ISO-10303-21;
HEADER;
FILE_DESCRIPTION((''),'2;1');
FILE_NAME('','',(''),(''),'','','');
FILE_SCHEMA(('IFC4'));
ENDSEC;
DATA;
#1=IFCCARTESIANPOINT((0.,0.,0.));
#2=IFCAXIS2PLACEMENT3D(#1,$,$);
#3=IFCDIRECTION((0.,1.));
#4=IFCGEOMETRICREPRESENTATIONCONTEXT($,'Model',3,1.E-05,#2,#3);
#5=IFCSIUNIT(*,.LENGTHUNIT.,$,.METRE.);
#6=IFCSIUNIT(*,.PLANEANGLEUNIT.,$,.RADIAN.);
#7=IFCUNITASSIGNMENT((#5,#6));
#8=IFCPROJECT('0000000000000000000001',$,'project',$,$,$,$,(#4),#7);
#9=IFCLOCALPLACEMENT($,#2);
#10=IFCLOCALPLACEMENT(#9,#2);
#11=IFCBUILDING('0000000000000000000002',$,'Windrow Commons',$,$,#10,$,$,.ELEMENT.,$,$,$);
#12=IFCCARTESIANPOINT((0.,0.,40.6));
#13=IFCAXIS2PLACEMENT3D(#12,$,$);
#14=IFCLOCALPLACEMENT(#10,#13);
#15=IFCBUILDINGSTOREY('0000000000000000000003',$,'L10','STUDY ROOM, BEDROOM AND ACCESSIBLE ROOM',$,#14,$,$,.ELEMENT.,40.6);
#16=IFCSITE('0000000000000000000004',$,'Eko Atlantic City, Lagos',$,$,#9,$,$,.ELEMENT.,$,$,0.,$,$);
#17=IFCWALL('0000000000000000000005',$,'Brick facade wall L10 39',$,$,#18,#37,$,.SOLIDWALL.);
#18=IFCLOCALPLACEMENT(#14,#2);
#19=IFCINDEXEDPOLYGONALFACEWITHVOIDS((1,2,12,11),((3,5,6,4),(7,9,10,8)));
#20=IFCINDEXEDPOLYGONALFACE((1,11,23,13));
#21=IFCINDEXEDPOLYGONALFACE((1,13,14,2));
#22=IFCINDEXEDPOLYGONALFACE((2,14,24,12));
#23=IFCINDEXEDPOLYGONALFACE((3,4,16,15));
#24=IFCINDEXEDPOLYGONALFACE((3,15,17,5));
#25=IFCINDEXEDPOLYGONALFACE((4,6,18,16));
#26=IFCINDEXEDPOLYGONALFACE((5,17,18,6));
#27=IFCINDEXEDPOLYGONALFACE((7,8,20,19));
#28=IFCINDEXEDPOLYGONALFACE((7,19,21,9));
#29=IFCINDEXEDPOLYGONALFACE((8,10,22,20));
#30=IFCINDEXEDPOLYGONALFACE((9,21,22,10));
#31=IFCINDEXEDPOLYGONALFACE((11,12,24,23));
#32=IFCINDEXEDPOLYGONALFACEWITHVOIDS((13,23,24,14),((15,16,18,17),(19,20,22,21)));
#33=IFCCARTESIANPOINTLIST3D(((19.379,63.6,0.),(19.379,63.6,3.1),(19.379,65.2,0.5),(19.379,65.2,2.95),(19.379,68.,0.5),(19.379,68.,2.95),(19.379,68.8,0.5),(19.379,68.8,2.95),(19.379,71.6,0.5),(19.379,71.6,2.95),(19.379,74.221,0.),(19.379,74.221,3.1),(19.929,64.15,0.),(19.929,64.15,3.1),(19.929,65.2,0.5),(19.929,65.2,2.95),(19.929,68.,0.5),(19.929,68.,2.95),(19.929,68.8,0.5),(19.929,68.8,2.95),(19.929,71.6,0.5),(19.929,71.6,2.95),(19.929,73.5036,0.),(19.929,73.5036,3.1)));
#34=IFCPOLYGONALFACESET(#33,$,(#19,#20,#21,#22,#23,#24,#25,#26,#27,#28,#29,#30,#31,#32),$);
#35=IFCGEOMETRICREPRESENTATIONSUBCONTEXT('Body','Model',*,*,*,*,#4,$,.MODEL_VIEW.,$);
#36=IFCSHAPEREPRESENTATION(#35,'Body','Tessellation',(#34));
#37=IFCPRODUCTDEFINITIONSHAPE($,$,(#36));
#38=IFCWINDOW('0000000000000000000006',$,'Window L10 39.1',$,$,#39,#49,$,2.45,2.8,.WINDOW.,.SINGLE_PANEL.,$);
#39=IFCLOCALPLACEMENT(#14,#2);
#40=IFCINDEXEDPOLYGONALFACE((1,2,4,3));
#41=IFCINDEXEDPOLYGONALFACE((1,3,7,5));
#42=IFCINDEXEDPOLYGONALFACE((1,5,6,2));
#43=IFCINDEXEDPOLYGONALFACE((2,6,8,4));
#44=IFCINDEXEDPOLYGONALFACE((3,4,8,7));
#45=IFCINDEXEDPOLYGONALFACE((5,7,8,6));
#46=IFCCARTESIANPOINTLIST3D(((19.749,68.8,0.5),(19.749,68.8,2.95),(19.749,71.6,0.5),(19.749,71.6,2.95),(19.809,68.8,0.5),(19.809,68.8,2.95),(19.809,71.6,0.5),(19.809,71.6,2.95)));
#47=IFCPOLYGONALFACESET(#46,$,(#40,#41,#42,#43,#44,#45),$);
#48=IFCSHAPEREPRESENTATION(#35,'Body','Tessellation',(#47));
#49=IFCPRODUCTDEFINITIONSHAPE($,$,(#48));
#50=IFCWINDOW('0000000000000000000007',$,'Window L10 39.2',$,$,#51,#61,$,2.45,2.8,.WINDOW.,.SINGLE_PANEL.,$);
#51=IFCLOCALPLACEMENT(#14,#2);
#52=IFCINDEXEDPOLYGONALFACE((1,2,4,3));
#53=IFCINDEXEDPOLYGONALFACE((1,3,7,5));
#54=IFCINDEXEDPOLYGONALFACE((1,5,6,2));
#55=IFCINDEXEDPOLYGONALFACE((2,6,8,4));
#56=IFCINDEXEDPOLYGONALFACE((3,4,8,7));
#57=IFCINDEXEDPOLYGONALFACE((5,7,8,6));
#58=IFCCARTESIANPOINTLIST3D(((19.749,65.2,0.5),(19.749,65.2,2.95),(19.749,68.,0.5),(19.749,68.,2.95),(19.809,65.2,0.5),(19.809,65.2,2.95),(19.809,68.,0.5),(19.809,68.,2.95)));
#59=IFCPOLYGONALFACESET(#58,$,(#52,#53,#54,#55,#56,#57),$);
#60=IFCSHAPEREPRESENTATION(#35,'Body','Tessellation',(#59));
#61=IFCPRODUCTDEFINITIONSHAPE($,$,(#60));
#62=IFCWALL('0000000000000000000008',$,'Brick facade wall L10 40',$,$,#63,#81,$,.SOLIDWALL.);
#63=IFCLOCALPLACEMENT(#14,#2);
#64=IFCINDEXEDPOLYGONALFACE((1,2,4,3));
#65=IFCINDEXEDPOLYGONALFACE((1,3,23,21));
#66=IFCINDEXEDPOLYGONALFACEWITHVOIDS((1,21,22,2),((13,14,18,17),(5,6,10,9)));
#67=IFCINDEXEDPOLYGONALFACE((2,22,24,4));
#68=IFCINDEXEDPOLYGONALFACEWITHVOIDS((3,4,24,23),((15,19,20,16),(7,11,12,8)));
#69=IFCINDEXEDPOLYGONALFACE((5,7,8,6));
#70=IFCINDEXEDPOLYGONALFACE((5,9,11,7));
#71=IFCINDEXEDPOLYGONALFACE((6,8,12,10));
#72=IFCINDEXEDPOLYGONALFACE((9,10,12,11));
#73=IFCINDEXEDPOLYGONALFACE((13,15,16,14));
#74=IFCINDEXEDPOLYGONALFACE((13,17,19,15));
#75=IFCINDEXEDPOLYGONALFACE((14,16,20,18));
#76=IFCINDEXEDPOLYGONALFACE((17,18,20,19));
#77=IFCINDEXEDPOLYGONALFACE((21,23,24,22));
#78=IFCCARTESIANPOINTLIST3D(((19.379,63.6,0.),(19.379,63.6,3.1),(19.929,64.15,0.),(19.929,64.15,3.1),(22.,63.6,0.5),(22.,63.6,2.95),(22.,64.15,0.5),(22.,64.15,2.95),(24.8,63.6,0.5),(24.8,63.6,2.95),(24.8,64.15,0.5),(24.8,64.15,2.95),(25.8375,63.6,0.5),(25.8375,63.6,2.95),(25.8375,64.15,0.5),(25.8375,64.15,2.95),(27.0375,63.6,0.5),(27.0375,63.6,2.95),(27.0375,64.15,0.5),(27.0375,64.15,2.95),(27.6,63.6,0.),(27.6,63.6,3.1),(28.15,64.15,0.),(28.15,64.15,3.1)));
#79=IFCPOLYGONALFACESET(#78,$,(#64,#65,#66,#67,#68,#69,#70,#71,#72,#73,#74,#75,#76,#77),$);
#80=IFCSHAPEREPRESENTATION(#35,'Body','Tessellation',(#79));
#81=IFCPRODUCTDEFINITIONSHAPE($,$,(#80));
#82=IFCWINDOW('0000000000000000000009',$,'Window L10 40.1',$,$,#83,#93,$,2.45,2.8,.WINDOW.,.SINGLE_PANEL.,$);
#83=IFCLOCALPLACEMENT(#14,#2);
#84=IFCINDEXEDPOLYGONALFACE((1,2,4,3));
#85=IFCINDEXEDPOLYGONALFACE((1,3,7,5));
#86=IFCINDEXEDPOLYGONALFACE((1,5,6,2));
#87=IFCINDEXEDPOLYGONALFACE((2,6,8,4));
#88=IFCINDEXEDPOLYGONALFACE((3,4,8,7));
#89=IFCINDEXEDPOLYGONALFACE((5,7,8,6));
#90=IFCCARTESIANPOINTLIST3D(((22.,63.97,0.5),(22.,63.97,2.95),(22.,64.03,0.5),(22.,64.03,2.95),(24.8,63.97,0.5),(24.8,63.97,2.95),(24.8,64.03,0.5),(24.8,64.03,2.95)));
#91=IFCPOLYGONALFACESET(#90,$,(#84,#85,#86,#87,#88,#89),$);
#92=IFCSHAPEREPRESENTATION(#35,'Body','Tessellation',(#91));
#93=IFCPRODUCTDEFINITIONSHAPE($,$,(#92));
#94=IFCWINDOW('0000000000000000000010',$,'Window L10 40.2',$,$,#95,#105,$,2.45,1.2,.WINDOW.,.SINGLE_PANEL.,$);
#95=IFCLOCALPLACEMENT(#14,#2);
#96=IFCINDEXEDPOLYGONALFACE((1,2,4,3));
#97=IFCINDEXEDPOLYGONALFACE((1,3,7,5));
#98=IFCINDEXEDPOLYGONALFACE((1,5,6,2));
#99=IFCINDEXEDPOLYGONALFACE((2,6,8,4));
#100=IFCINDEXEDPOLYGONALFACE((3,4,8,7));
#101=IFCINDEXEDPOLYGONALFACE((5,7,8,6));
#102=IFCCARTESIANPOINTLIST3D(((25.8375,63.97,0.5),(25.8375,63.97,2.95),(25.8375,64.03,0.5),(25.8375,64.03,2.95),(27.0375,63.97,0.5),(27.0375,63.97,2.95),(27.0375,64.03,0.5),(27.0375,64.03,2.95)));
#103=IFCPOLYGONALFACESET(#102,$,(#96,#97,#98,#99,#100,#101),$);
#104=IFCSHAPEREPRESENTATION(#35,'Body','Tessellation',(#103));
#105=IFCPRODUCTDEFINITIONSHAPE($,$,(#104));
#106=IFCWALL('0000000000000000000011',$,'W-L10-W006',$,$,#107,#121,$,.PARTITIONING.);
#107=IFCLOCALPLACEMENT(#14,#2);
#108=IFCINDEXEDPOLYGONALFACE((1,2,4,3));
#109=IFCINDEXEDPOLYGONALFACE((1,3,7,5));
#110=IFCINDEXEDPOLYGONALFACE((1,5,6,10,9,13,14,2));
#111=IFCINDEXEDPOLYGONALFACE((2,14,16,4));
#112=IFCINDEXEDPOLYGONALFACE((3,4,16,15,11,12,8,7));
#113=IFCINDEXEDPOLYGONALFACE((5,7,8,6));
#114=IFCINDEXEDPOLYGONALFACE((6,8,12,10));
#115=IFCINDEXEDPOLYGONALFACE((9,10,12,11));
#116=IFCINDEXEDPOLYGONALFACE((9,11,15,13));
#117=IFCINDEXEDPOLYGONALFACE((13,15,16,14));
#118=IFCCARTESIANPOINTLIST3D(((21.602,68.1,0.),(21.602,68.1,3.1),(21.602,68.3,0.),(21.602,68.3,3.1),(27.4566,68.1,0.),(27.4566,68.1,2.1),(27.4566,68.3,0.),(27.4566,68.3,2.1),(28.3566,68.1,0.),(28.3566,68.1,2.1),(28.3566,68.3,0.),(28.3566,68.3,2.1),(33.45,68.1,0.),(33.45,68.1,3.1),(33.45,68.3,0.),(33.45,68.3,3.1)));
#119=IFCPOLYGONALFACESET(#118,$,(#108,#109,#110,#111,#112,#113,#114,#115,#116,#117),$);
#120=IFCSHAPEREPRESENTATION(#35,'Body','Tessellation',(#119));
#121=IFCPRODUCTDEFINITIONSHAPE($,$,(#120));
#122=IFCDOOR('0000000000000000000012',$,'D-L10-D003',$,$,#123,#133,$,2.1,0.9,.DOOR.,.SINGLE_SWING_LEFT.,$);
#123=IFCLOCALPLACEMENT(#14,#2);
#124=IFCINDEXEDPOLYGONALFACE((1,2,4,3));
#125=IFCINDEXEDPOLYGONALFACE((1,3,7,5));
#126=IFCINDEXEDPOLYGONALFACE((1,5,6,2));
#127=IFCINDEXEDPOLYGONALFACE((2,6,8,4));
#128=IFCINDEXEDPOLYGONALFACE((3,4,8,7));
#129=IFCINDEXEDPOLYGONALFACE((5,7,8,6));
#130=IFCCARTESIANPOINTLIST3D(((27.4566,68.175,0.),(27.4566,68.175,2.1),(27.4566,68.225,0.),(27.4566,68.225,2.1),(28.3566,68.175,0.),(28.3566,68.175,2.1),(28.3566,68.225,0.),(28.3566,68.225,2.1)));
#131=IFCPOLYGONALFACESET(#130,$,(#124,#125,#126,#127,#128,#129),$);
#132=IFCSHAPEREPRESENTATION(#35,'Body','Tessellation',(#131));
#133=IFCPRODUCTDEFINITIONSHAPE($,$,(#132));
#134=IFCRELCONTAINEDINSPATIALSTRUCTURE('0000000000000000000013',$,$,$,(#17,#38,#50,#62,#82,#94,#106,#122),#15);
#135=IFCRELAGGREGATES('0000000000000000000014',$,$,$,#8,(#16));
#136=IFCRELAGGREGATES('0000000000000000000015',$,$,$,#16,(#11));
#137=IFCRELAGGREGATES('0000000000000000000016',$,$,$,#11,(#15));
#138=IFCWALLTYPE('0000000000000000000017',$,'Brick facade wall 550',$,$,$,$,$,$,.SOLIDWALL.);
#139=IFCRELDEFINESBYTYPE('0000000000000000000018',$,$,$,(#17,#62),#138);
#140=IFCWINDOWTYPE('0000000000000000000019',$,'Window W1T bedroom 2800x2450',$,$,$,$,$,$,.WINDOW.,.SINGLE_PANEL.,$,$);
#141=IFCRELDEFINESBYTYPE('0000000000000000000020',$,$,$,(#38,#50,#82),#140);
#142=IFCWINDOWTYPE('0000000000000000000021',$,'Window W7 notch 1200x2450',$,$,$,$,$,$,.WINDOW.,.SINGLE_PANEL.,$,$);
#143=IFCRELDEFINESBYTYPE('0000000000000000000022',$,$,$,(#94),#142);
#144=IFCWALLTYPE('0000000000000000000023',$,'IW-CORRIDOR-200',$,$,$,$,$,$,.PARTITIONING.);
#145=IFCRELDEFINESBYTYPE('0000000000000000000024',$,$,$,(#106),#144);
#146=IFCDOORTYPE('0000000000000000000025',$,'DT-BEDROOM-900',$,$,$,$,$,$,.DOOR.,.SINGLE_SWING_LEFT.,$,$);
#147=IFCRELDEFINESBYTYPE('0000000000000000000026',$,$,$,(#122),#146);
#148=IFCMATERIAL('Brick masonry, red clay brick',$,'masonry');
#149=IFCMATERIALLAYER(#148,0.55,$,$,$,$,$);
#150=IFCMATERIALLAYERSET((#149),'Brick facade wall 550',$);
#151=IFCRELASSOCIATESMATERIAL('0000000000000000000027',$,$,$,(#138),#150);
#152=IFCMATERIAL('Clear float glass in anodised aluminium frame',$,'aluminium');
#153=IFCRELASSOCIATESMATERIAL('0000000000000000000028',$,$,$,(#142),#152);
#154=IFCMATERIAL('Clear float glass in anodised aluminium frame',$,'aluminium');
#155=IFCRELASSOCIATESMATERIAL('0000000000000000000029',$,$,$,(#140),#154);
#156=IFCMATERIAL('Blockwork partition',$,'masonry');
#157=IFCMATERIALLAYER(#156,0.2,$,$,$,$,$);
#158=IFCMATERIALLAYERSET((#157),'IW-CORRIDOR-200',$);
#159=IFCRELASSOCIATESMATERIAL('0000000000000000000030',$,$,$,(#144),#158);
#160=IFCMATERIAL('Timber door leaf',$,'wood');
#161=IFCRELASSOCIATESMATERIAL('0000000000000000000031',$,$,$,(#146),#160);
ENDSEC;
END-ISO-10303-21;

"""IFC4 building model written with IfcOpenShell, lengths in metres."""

from ifc_helpers import new_model, si_unit, direction, frame, frame_2d, origin, place, context, subcontext, project, spatial, polyline, rectangle, outline, extrude, material, layer, layer_set, type_object, element, fill, save


model = new_model("IFC4")

# Units and contexts
model_context = context("Model", 3, precision=1e-05, world=origin(), true_north=direction((0.0, 1.0)))
body_context = subcontext(model_context, "Body", "Model", "MODEL_VIEW")
ifc_project = project(units=[si_unit("LENGTHUNIT", "METRE"), si_unit("PLANEANGLEUNIT", "RADIAN")], contexts=[model_context])

# Site, building, storey
site_placement = place(None, origin())
site = spatial("IfcSite", under=ifc_project, at=site_placement, Name="Eko Atlantic City, Lagos", CompositionType="ELEMENT", RefElevation=0.0)
building_placement = place(site_placement, origin())
building = spatial("IfcBuilding", under=site, at=building_placement, Name="Windrow Commons", CompositionType="ELEMENT")
storey_placement = place(building_placement, frame((0.0, 0.0, 40.6)))
storey = spatial("IfcBuildingStorey", under=building, at=storey_placement, Name="L10", Description="STUDY ROOM, BEDROOM AND ACCESSIBLE ROOM", CompositionType="ELEMENT", Elevation=40.6)

# Walls, openings, windows
ifc_material_1 = material(Name="Brick masonry, red clay brick", Category="masonry")
ifc_layer_1 = layer(ifc_material_1, 0.55)
ifc_layer_set_1 = layer_set([ifc_layer_1], Name="Brick facade wall 550")
wall_type_1 = type_object("IfcWallType", Name="Brick facade wall 550", PredefinedType="SOLIDWALL", material=ifc_layer_set_1)
ifc_material_2 = material(Name="Clear float glass in anodised aluminium frame", Category="aluminium")
window_type_1 = type_object("IfcWindowType", Name="Window W7 notch 1200x2450", PartitioningType="SINGLE_PANEL", PredefinedType="WINDOW", material=ifc_material_2)
wall_1_placement = place(storey_placement, frame((19.654, 73.8623, 0.0), z_axis=(0.0, 0.0, 1.0), x_axis=(0.0, -1.0, 0.0)))
wall_1 = element("IfcWall", 1, at=wall_1_placement, inside=storey, type_object=wall_type_1, Name="Brick facade wall L10 39", PredefinedType="SOLIDWALL", context=body_context, shape_type="SweptSolid", body=[
    extrude(outline(polyline([(-0.3587, -0.275), (10.2623, -0.275), (9.7123, 0.275), (0.3587, 0.275), (-0.3587, -0.275)])), origin(), (0.0, 0.0, 1.0), 3.1),
])
opening_1_placement = place(wall_1_placement, frame((2.2623, 0.0, 0.5)))
opening_1 = element("IfcOpeningElement", 2, at=opening_1_placement, cuts=wall_1, PredefinedType="OPENING", context=body_context, shape_type="SweptSolid", body=[
    extrude(rectangle(XDim=2.8, YDim=2.45, at=frame_2d((1.4, 1.225))), frame((0.0, 0.285, 0.0), z_axis=(0.0, -1.0, 0.0), x_axis=(1.0, 0.0, 0.0)), (0.0, 0.0, 1.0), 0.57),
])
opening_2_placement = place(wall_1_placement, frame((5.8623, 0.0, 0.5)))
opening_2 = element("IfcOpeningElement", 3, at=opening_2_placement, cuts=wall_1, PredefinedType="OPENING", context=body_context, shape_type="SweptSolid", body=[
    extrude(rectangle(XDim=2.8, YDim=2.45, at=frame_2d((1.4, 1.225))), frame((0.0, 0.285, 0.0), z_axis=(0.0, -1.0, 0.0), x_axis=(1.0, 0.0, 0.0)), (0.0, 0.0, 1.0), 0.57),
])
ifc_material_3 = material(Name="Clear float glass in anodised aluminium frame", Category="aluminium")
window_type_2 = type_object("IfcWindowType", Name="Window W1T bedroom 2800x2450", PartitioningType="SINGLE_PANEL", PredefinedType="WINDOW", material=ifc_material_3)
window_1_placement = place(opening_1_placement, origin())
window_1 = element("IfcWindow", 4, at=window_1_placement, inside=storey, type_object=window_type_2, Name="Window L10 39.1", OverallHeight=2.45, OverallWidth=2.8, PartitioningType="SINGLE_PANEL", PredefinedType="WINDOW", context=body_context, shape_type="SweptSolid", body=[
    extrude(rectangle(XDim=2.8, YDim=2.45, at=frame_2d((1.4, 1.225))), frame((0.0, 0.155, 0.0), z_axis=(0.0, -1.0, 0.0), x_axis=(1.0, 0.0, 0.0)), (0.0, 0.0, 1.0), 0.06),
])
fill(opening_1, window_1)
window_2_placement = place(opening_2_placement, origin())
window_2 = element("IfcWindow", 5, at=window_2_placement, inside=storey, type_object=window_type_2, Name="Window L10 39.2", OverallHeight=2.45, OverallWidth=2.8, PartitioningType="SINGLE_PANEL", PredefinedType="WINDOW", context=body_context, shape_type="SweptSolid", body=[
    extrude(rectangle(XDim=2.8, YDim=2.45, at=frame_2d((1.4, 1.225))), frame((0.0, 0.155, 0.0), z_axis=(0.0, -1.0, 0.0), x_axis=(1.0, 0.0, 0.0)), (0.0, 0.0, 1.0), 0.06),
])
fill(opening_2, window_2)
wall_2_placement = place(storey_placement, frame((19.654, 63.875, 0.0), z_axis=(0.0, 0.0, 1.0), x_axis=(1.0, 0.0, 0.0)))
wall_2 = element("IfcWall", 6, at=wall_2_placement, inside=storey, type_object=wall_type_1, Name="Brick facade wall L10 40", PredefinedType="SOLIDWALL", context=body_context, shape_type="SweptSolid", body=[
    extrude(outline(polyline([(-0.275, -0.275), (7.946, -0.275), (8.496, 0.275), (0.275, 0.275), (-0.275, -0.275)])), origin(), (0.0, 0.0, 1.0), 3.1),
])
opening_3_placement = place(wall_2_placement, frame((2.346, 0.0, 0.5)))
opening_3 = element("IfcOpeningElement", 7, at=opening_3_placement, cuts=wall_2, PredefinedType="OPENING", context=body_context, shape_type="SweptSolid", body=[
    extrude(rectangle(XDim=2.8, YDim=2.45, at=frame_2d((1.4, 1.225))), frame((0.0, 0.285, 0.0), z_axis=(0.0, -1.0, 0.0), x_axis=(1.0, 0.0, 0.0)), (0.0, 0.0, 1.0), 0.57),
])
opening_4_placement = place(wall_2_placement, frame((6.1835, 0.0, 0.5)))
opening_4 = element("IfcOpeningElement", 8, at=opening_4_placement, cuts=wall_2, PredefinedType="OPENING", context=body_context, shape_type="SweptSolid", body=[
    extrude(rectangle(XDim=1.2, YDim=2.45, at=frame_2d((0.6, 1.225))), frame((0.0, 0.285, 0.0), z_axis=(0.0, -1.0, 0.0), x_axis=(1.0, 0.0, 0.0)), (0.0, 0.0, 1.0), 0.57),
])
window_3_placement = place(opening_3_placement, origin())
window_3 = element("IfcWindow", 9, at=window_3_placement, inside=storey, type_object=window_type_2, Name="Window L10 40.1", OverallHeight=2.45, OverallWidth=2.8, PartitioningType="SINGLE_PANEL", PredefinedType="WINDOW", context=body_context, shape_type="SweptSolid", body=[
    extrude(rectangle(XDim=2.8, YDim=2.45, at=frame_2d((1.4, 1.225))), frame((0.0, 0.155, 0.0), z_axis=(0.0, -1.0, 0.0), x_axis=(1.0, 0.0, 0.0)), (0.0, 0.0, 1.0), 0.06),
])
fill(opening_3, window_3)
window_4_placement = place(opening_4_placement, origin())
window_4 = element("IfcWindow", 10, at=window_4_placement, inside=storey, type_object=window_type_1, Name="Window L10 40.2", OverallHeight=2.45, OverallWidth=1.2, PartitioningType="SINGLE_PANEL", PredefinedType="WINDOW", context=body_context, shape_type="SweptSolid", body=[
    extrude(rectangle(XDim=1.2, YDim=2.45, at=frame_2d((0.6, 1.225))), frame((0.0, 0.155, 0.0), z_axis=(0.0, -1.0, 0.0), x_axis=(1.0, 0.0, 0.0)), (0.0, 0.0, 1.0), 0.06),
])
fill(opening_4, window_4)

# Wall, opening, door
ifc_material_4 = material(Name="Blockwork partition", Category="masonry")
ifc_layer_2 = layer(ifc_material_4, 0.2)
ifc_layer_set_2 = layer_set([ifc_layer_2], Name="IW-CORRIDOR-200")
wall_type_2 = type_object("IfcWallType", Name="IW-CORRIDOR-200", PredefinedType="PARTITIONING", material=ifc_layer_set_2)
wall_3_placement = place(storey_placement, frame((21.602, 68.2, 0.0), z_axis=(0.0, 0.0, 1.0), x_axis=(1.0, 0.0, 0.0)))
wall_3 = element("IfcWall", 11, at=wall_3_placement, inside=storey, type_object=wall_type_2, Name="W-L10-W006", PredefinedType="PARTITIONING", context=body_context, shape_type="SweptSolid", body=[
    extrude(rectangle(XDim=11.848, YDim=0.2, at=frame_2d((5.924, 0.0))), origin(), (0.0, 0.0, 1.0), 3.1),
])
opening_5_placement = place(wall_3_placement, frame((5.8546, 0.0, 0.0)))
opening_5 = element("IfcOpeningElement", 12, at=opening_5_placement, cuts=wall_3, PredefinedType="OPENING", context=body_context, shape_type="SweptSolid", body=[
    extrude(rectangle(XDim=0.9, YDim=2.1, at=frame_2d((0.45, 1.05))), frame((0.0, 0.11, 0.0), z_axis=(0.0, -1.0, 0.0), x_axis=(1.0, 0.0, 0.0)), (0.0, 0.0, 1.0), 0.22),
])
ifc_material_5 = material(Name="Timber door leaf", Category="wood")
door_type_1 = type_object("IfcDoorType", Name="DT-BEDROOM-900", OperationType="SINGLE_SWING_LEFT", PredefinedType="DOOR", material=ifc_material_5)
door_1_placement = place(opening_5_placement, origin())
door_1 = element("IfcDoor", 13, at=door_1_placement, inside=storey, type_object=door_type_1, Name="D-L10-D003", OperationType="SINGLE_SWING_LEFT", OverallHeight=2.1, OverallWidth=0.9, PredefinedType="DOOR", context=body_context, shape_type="SweptSolid", body=[
    extrude(rectangle(XDim=0.9, YDim=2.1, at=frame_2d((0.45, 1.05))), frame((0.0, 0.025, 0.0), z_axis=(0.0, -1.0, 0.0), x_axis=(1.0, 0.0, 0.0)), (0.0, 0.0, 1.0), 0.05),
])
fill(opening_5, door_1)

save(model, "model.ifc")
